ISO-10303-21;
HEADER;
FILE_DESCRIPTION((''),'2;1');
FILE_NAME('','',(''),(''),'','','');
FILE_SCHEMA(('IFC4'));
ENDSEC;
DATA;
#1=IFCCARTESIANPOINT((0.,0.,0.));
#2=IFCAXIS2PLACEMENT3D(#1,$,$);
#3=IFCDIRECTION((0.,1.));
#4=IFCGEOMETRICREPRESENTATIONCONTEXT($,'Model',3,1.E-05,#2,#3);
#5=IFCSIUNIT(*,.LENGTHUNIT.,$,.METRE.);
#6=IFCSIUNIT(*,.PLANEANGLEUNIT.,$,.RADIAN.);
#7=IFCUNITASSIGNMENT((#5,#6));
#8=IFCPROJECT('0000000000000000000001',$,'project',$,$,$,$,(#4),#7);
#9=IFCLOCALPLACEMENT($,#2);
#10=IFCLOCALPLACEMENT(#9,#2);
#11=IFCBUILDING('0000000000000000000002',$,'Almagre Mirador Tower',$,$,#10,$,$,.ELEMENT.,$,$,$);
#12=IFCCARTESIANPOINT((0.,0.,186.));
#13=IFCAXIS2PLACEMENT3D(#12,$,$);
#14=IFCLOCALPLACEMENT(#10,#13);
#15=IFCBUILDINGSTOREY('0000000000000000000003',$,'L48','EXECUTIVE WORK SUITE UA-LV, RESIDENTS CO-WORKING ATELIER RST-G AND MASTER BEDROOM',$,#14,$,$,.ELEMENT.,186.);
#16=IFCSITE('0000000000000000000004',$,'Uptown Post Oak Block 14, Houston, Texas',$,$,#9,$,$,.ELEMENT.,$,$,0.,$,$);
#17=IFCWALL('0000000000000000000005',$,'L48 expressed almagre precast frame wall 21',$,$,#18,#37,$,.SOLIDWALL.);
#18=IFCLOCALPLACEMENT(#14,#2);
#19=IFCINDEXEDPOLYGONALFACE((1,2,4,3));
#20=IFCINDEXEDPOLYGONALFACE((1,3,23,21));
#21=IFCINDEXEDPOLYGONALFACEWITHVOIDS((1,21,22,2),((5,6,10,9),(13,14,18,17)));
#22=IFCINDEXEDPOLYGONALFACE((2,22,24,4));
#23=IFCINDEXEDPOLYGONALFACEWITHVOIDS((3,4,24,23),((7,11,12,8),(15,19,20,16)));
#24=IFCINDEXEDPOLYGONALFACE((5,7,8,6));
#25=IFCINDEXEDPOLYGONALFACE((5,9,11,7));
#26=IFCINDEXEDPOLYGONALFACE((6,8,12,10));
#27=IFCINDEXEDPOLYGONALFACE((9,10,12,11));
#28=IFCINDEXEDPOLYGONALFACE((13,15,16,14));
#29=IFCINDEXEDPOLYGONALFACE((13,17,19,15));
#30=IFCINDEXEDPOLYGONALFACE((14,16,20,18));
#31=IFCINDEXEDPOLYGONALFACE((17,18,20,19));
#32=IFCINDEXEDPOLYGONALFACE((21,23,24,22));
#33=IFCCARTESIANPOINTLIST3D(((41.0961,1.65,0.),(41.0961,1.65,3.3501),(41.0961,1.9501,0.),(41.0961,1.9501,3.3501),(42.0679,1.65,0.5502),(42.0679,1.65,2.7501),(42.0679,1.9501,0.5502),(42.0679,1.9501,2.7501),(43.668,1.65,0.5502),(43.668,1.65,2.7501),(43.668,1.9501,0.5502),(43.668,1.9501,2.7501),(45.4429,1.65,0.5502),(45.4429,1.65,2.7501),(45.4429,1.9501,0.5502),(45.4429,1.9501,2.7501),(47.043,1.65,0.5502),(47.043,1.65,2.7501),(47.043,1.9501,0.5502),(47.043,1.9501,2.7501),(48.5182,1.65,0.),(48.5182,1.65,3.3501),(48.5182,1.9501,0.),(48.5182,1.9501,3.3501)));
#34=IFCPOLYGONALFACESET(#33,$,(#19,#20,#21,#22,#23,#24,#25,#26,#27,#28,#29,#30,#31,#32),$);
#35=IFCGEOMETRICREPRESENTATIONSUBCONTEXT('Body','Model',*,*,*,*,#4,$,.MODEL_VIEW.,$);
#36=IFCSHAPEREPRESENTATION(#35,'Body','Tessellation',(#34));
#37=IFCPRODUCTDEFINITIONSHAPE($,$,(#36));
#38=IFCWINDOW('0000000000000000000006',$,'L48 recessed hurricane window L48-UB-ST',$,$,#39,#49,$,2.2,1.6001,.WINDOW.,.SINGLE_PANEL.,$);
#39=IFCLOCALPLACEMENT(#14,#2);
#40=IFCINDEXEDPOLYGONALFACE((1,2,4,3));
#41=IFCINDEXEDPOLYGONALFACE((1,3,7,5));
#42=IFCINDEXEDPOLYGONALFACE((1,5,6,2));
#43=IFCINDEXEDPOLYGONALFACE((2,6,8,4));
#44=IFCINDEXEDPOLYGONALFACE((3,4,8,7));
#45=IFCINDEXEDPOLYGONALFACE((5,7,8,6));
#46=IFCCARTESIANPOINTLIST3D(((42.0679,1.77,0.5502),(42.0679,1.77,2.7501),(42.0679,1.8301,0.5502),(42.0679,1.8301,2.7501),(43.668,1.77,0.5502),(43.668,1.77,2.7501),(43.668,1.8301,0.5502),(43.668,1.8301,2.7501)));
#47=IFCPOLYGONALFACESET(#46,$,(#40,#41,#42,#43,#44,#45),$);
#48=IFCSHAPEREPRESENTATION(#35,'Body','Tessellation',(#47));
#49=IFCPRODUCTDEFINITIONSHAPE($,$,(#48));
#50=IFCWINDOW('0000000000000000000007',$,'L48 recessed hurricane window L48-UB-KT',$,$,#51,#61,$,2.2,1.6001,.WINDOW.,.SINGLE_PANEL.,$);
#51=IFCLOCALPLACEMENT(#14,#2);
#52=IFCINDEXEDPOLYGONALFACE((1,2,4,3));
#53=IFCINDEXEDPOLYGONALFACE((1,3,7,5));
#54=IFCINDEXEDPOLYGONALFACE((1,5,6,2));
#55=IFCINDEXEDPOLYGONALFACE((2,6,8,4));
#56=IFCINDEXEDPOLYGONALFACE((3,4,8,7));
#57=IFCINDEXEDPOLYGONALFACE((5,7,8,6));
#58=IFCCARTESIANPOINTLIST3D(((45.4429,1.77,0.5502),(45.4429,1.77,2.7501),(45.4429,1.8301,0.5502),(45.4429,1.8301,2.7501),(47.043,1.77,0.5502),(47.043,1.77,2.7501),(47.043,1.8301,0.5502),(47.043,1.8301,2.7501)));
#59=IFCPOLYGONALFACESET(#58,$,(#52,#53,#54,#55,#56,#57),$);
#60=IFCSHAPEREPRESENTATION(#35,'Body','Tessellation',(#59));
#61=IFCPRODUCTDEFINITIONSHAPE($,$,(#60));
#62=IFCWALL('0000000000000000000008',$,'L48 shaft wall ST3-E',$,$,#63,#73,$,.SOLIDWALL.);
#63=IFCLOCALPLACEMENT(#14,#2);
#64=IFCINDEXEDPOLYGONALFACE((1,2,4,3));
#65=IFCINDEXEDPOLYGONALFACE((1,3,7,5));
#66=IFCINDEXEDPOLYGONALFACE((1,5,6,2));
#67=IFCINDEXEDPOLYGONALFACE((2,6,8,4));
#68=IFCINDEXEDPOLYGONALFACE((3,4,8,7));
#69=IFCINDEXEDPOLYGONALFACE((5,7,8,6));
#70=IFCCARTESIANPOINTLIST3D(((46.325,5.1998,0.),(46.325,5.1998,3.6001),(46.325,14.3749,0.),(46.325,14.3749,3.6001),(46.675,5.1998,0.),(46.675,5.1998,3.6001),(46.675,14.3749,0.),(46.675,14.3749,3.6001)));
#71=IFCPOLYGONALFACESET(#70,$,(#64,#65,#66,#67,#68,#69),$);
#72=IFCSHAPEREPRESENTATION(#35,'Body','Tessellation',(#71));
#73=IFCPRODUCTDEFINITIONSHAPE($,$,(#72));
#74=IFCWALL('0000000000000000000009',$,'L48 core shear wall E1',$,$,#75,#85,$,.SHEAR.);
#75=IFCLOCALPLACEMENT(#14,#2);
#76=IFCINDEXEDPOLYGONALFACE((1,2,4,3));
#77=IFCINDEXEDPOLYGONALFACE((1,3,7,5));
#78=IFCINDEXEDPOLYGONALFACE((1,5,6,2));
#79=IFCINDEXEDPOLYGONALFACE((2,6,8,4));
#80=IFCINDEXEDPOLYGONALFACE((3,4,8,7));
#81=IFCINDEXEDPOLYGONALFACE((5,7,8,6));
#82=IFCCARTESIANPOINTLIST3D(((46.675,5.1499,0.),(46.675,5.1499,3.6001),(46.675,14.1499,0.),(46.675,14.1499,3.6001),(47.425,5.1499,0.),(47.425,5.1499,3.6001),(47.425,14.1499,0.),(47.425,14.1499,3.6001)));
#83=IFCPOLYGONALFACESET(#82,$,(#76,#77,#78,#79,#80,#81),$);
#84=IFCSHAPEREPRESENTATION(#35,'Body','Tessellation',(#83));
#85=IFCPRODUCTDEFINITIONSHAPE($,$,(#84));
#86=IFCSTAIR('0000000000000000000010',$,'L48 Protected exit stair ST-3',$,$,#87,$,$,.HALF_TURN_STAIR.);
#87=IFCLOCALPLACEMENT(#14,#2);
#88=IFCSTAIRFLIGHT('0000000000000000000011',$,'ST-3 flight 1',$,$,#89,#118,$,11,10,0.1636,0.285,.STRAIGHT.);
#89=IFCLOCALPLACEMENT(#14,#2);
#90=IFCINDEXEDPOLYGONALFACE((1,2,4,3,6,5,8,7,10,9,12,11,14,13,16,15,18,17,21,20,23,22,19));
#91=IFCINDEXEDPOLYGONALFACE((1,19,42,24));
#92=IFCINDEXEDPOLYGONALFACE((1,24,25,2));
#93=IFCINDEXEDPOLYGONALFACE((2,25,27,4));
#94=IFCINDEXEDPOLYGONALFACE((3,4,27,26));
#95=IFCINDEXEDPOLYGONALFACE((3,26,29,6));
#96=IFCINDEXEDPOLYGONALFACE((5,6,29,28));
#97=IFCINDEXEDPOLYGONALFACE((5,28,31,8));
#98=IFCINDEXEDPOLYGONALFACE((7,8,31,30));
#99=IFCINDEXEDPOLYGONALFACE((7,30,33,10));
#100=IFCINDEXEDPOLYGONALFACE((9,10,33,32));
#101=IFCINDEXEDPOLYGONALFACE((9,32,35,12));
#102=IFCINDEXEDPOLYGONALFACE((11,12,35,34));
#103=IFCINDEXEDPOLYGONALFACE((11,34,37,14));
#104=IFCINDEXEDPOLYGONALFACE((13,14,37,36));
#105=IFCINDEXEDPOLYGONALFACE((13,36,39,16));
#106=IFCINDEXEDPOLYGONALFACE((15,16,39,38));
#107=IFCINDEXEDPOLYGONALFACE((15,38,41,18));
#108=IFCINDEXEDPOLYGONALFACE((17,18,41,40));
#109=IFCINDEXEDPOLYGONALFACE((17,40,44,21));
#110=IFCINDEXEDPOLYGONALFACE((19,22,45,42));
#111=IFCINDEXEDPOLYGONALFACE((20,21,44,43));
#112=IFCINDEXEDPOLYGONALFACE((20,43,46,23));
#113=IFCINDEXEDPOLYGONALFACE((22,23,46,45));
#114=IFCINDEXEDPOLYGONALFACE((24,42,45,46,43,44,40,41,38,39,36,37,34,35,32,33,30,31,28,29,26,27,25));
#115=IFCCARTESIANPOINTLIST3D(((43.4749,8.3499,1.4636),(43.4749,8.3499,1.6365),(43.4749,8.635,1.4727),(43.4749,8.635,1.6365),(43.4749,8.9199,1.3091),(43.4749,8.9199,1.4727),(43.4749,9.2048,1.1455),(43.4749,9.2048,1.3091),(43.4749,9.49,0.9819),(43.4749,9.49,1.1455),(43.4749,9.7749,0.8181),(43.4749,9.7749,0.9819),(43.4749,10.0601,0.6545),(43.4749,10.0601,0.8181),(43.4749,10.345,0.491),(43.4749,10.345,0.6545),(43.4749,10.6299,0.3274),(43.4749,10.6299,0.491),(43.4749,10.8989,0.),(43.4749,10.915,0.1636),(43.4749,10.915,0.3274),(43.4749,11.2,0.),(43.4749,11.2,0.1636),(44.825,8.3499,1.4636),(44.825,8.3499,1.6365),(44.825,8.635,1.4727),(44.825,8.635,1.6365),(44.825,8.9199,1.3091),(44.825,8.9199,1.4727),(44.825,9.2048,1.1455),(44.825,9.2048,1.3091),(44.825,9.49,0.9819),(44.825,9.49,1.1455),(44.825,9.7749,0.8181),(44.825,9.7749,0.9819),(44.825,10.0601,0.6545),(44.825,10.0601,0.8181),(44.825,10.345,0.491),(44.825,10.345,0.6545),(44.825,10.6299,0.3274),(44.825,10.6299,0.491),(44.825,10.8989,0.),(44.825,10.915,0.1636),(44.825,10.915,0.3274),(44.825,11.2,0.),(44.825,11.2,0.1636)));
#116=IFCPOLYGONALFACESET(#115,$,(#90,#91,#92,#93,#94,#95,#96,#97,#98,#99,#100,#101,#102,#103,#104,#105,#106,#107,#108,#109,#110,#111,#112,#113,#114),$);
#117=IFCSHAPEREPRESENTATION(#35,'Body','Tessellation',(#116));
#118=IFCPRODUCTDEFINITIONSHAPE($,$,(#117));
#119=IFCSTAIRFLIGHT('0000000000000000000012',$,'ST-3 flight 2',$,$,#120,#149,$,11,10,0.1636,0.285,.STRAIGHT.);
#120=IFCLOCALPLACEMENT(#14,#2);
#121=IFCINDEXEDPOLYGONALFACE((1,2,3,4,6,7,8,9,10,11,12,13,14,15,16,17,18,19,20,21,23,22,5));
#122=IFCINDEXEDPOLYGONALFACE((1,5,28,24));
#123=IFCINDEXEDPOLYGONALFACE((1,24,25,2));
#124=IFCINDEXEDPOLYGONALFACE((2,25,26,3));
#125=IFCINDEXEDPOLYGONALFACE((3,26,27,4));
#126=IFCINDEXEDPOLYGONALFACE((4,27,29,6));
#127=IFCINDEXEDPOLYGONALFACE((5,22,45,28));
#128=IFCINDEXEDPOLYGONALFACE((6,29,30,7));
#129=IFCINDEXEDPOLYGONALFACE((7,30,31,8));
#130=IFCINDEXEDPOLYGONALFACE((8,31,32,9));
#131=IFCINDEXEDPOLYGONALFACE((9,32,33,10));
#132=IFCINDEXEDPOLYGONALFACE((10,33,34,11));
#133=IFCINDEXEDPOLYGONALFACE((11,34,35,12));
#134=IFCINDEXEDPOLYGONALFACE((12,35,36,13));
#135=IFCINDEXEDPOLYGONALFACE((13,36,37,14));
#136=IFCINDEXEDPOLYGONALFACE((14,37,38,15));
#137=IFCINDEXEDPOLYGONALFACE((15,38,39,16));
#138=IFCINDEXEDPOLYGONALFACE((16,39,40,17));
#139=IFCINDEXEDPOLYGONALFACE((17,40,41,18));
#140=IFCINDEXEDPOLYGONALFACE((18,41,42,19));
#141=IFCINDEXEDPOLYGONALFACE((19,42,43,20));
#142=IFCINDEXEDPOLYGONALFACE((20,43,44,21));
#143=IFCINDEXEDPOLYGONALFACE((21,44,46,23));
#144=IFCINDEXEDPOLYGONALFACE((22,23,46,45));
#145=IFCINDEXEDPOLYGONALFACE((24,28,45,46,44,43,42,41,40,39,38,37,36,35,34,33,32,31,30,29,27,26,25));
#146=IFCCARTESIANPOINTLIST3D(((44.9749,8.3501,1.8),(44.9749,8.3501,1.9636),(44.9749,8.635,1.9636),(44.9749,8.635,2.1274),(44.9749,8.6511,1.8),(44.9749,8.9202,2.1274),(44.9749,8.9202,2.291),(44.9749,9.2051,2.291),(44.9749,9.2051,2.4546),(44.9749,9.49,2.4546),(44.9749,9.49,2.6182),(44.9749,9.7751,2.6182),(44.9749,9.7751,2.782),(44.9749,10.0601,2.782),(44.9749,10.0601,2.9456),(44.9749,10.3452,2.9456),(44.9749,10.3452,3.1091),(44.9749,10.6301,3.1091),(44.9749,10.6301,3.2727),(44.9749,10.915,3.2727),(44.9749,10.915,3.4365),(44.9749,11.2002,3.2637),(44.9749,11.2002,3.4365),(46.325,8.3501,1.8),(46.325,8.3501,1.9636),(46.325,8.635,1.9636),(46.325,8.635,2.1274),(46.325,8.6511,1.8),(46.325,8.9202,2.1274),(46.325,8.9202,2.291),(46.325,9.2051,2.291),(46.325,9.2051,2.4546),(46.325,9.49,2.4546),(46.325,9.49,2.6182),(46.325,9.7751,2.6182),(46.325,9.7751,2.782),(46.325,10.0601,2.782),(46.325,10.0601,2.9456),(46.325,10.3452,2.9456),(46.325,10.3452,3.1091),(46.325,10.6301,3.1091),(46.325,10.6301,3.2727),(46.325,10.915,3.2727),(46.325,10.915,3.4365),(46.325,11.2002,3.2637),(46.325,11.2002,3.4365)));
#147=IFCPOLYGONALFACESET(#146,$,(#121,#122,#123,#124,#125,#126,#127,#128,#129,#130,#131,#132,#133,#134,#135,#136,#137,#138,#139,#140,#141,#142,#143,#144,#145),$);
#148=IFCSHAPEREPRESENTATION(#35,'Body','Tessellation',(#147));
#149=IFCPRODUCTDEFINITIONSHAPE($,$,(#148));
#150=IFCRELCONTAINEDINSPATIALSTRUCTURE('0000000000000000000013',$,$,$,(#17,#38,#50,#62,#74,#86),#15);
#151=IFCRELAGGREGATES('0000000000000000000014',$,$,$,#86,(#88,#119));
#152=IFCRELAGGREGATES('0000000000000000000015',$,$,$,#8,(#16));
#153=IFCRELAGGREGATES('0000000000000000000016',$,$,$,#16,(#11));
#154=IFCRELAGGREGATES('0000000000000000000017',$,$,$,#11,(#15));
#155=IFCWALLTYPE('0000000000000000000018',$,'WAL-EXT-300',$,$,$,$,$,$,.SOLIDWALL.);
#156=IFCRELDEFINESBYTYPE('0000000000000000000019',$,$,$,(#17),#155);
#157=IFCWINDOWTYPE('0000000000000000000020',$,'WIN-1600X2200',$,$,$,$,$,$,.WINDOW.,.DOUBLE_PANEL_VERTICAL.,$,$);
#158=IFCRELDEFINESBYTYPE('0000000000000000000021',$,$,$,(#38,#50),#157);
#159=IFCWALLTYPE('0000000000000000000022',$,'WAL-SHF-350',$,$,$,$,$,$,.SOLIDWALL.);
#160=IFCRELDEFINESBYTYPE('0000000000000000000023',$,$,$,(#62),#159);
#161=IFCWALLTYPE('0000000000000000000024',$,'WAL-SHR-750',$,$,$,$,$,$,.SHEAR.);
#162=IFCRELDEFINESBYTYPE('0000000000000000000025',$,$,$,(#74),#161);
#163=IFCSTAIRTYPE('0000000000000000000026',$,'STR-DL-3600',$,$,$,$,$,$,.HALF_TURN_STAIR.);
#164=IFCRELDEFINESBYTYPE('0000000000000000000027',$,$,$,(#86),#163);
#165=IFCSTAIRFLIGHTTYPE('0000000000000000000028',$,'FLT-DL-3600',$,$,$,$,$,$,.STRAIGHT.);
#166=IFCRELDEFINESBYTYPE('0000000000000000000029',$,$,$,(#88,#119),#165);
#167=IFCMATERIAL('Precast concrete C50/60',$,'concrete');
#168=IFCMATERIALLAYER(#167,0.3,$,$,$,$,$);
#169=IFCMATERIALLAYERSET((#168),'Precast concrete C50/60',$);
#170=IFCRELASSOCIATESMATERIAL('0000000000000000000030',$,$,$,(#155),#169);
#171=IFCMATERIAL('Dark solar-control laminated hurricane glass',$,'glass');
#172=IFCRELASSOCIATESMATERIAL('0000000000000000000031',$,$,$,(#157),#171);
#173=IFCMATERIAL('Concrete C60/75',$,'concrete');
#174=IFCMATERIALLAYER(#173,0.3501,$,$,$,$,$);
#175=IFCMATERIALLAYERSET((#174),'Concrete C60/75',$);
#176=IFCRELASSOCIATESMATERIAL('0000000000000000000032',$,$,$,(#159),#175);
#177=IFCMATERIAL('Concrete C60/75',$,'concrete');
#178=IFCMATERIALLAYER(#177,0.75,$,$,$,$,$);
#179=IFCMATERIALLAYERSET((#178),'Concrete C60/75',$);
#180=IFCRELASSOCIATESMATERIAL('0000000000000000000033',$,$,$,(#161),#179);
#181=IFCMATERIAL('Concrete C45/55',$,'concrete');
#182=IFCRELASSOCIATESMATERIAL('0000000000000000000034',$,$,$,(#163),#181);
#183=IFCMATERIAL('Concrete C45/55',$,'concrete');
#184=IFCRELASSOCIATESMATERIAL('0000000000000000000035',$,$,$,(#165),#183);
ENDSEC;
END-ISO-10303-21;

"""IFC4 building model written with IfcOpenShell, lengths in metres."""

from ifc_helpers import new_model, si_unit, direction, frame, frame_2d, origin, place, context, subcontext, project, spatial, polyline, rectangle, outline, extrude, material, layer, layer_set, type_object, element, fill, aggregate, save


model = new_model("IFC4")

# Units and contexts
model_context = context("Model", 3, precision=1e-05, world=origin(), true_north=direction((0.0, 1.0)))
body_context = subcontext(model_context, "Body", "Model", "MODEL_VIEW")
ifc_project = project(units=[si_unit("LENGTHUNIT", "METRE"), si_unit("PLANEANGLEUNIT", "RADIAN")], contexts=[model_context])

# Site, building, storey
site_placement = place(None, origin())
site = spatial("IfcSite", under=ifc_project, at=site_placement, Name="Uptown Post Oak Block 14, Houston, Texas", CompositionType="ELEMENT", RefElevation=0.0)
building_placement = place(site_placement, origin())
building = spatial("IfcBuilding", under=site, at=building_placement, Name="Almagre Mirador Tower", CompositionType="ELEMENT")
storey_placement = place(building_placement, frame((0.0, 0.0, 186.0)))
storey = spatial("IfcBuildingStorey", under=building, at=storey_placement, Name="L48", Description="EXECUTIVE WORK SUITE UA-LV, RESIDENTS CO-WORKING ATELIER RST-G AND MASTER BEDROOM", CompositionType="ELEMENT", Elevation=186.0)

# Wall, openings, windows
ifc_material_1 = material(Name="Precast concrete C50/60", Category="concrete")
ifc_layer_1 = layer(ifc_material_1, 0.3)
ifc_layer_set_1 = layer_set([ifc_layer_1], Name="Precast concrete C50/60")
wall_type_1 = type_object("IfcWallType", Name="WAL-EXT-300", PredefinedType="SOLIDWALL", material=ifc_layer_set_1)
wall_1_placement = place(storey_placement, frame((48.5181, 1.8, 0.0), z_axis=(0.0, 0.0, 1.0), x_axis=(-1.0, 0.0, 0.0)))
wall_1 = element("IfcWall", 1, at=wall_1_placement, inside=storey, type_object=wall_type_1, Name="L48 expressed almagre precast frame wall 21", PredefinedType="SOLIDWALL", context=body_context, shape_type="SweptSolid", body=[
    extrude(rectangle(XDim=7.4221, YDim=0.3, at=frame_2d((3.7109, 0.0))), origin(), (0.0, 0.0, 1.0), 3.3501),
])
opening_1_placement = place(wall_1_placement, frame((4.8501, 0.0, 0.55)))
opening_1 = element("IfcOpeningElement", 2, at=opening_1_placement, cuts=wall_1, PredefinedType="OPENING", context=body_context, shape_type="SweptSolid", body=[
    extrude(rectangle(XDim=1.6001, YDim=2.2, at=frame_2d((0.8, 1.1001))), frame((0.0, 0.1599, 0.0), z_axis=(0.0, -1.0, 0.0), x_axis=(1.0, 0.0, 0.0)), (0.0, 0.0, 1.0), 0.32),
])
opening_2_placement = place(wall_1_placement, frame((1.4751, 0.0, 0.55)))
opening_2 = element("IfcOpeningElement", 3, at=opening_2_placement, cuts=wall_1, PredefinedType="OPENING", context=body_context, shape_type="SweptSolid", body=[
    extrude(rectangle(XDim=1.6001, YDim=2.2, at=frame_2d((0.8, 1.1001))), frame((0.0, 0.1599, 0.0), z_axis=(0.0, -1.0, 0.0), x_axis=(1.0, 0.0, 0.0)), (0.0, 0.0, 1.0), 0.32),
])
ifc_material_2 = material(Name="Dark solar-control laminated hurricane glass", Category="glass")
window_type = type_object("IfcWindowType", Name="WIN-1600X2200", PartitioningType="DOUBLE_PANEL_VERTICAL", PredefinedType="WINDOW", material=ifc_material_2)
window_1_placement = place(opening_1_placement, origin())
window_1 = element("IfcWindow", 4, at=window_1_placement, inside=storey, type_object=window_type, Name="L48 recessed hurricane window L48-UB-ST", OverallHeight=2.2, OverallWidth=1.6001, PartitioningType="SINGLE_PANEL", PredefinedType="WINDOW", context=body_context, shape_type="SweptSolid", body=[
    extrude(rectangle(XDim=1.6001, YDim=2.2, at=frame_2d((0.8, 1.1001))), frame((0.0, 0.03, 0.0), z_axis=(0.0, -1.0, 0.0), x_axis=(1.0, 0.0, 0.0)), (0.0, 0.0, 1.0), 0.0601),
])
fill(opening_1, window_1)
window_2_placement = place(opening_2_placement, origin())
window_2 = element("IfcWindow", 5, at=window_2_placement, inside=storey, type_object=window_type, Name="L48 recessed hurricane window L48-UB-KT", OverallHeight=2.2, OverallWidth=1.6001, PartitioningType="SINGLE_PANEL", PredefinedType="WINDOW", context=body_context, shape_type="SweptSolid", body=[
    extrude(rectangle(XDim=1.6001, YDim=2.2, at=frame_2d((0.8, 1.1001))), frame((0.0, 0.03, 0.0), z_axis=(0.0, -1.0, 0.0), x_axis=(1.0, 0.0, 0.0)), (0.0, 0.0, 1.0), 0.0601),
])
fill(opening_2, window_2)

# Walls
ifc_material_3 = material(Name="Concrete C60/75", Category="concrete")
ifc_layer_2 = layer(ifc_material_3, 0.3501)
ifc_layer_set_2 = layer_set([ifc_layer_2], Name="Concrete C60/75")
wall_type_2 = type_object("IfcWallType", Name="WAL-SHF-350", PredefinedType="SOLIDWALL", material=ifc_layer_set_2)
wall_2_placement = place(storey_placement, frame((46.5, 5.2, 0.0), z_axis=(0.0, 0.0, 1.0), x_axis=(0.0, 1.0, 0.0)))
element("IfcWall", 6, at=wall_2_placement, inside=storey, type_object=wall_type_2, Name="L48 shaft wall ST3-E", PredefinedType="SOLIDWALL", context=body_context, shape_type="SweptSolid", body=[
    extrude(rectangle(XDim=9.175, YDim=0.3501, at=frame_2d((4.5874, 0.0))), origin(), (0.0, 0.0, 1.0), 3.6001),
])
ifc_material_4 = material(Name="Concrete C60/75", Category="concrete")
ifc_layer_3 = layer(ifc_material_4, 0.75)
ifc_layer_set_3 = layer_set([ifc_layer_3], Name="Concrete C60/75")
wall_type_3 = type_object("IfcWallType", Name="WAL-SHR-750", PredefinedType="SHEAR", material=ifc_layer_set_3)
wall_3_placement = place(storey_placement, frame((47.05, 5.1499, 0.0), z_axis=(0.0, 0.0, 1.0), x_axis=(0.0, 1.0, 0.0)))
element("IfcWall", 7, at=wall_3_placement, inside=storey, type_object=wall_type_3, Name="L48 core shear wall E1", PredefinedType="SHEAR", context=body_context, shape_type="SweptSolid", body=[
    extrude(rectangle(XDim=9.0, YDim=0.75, at=frame_2d((4.5, 0.0))), origin(), (0.0, 0.0, 1.0), 3.6001),
])

# Stair, stair flights
ifc_material_5 = material(Name="Concrete C45/55", Category="concrete")
stair_type = type_object("IfcStairType", Name="STR-DL-3600", PredefinedType="HALF_TURN_STAIR", material=ifc_material_5)
stair_placement = place(storey_placement, origin())
stair = element("IfcStair", 8, at=stair_placement, inside=storey, type_object=stair_type, Name="L48 Protected exit stair ST-3", PredefinedType="HALF_TURN_STAIR")
ifc_material_6 = material(Name="Concrete C45/55", Category="concrete")
stair_flight_type = type_object("IfcStairFlightType", Name="FLT-DL-3600", PredefinedType="STRAIGHT", material=ifc_material_6)
stair_flight_1_placement = place(storey_placement, frame((44.1499, 11.2, 0.0), z_axis=(0.0, 0.0, 1.0), x_axis=(0.0, -1.0, 0.0)))
stair_flight_1 = element("IfcStairFlight", 9, at=stair_flight_1_placement, type_object=stair_flight_type, Name="ST-3 flight 1", NumberOfRisers=11, NumberOfTreads=10, PredefinedType="STRAIGHT", RiserHeight=0.1636, TreadLength=0.285, context=body_context, shape_type="SweptSolid", body=[
    extrude(outline(polyline([(0.0, 0.0), (0.0, 0.1636), (0.2849, 0.1636), (0.2849, 0.3274), (0.5701, 0.3274), (0.5701, 0.491), (0.855, 0.491), (0.855, 0.6545), (1.1399, 0.6545), (1.1399, 0.8181), (1.425, 0.8181), (1.425, 0.9819), (1.71, 0.9819), (1.71, 1.1455), (1.9951, 1.1455), (1.9951, 1.3091), (2.28, 1.3091), (2.28, 1.4727), (2.5649, 1.4727), (2.5649, 1.6365), (2.8501, 1.6365), (2.8501, 1.8), (2.8501, 1.4636), (0.301, 0.0), (0.0, 0.0)])), frame((0.0, 0.675, 0.0), z_axis=(0.0, -1.0, 0.0), x_axis=(1.0, 0.0, 0.0)), (0.0, 0.0, 1.0), 1.3501),
])
stair_flight_2_placement = place(storey_placement, frame((45.6499, 8.3501, 1.8), z_axis=(0.0, 0.0, 1.0), x_axis=(0.0, 1.0, 0.0)))
stair_flight_2 = element("IfcStairFlight", 10, at=stair_flight_2_placement, type_object=stair_flight_type, Name="ST-3 flight 2", NumberOfRisers=11, NumberOfTreads=10, PredefinedType="STRAIGHT", RiserHeight=0.1636, TreadLength=0.285, context=body_context, shape_type="SweptSolid", body=[
    extrude(outline(polyline([(0.0, 0.0), (0.0, 0.1636), (0.2849, 0.1636), (0.2849, 0.3274), (0.5701, 0.3274), (0.5701, 0.491), (0.855, 0.491), (0.855, 0.6545), (1.1399, 0.6545), (1.1399, 0.8181), (1.425, 0.8181), (1.425, 0.9819), (1.71, 0.9819), (1.71, 1.1455), (1.9951, 1.1455), (1.9951, 1.3091), (2.28, 1.3091), (2.28, 1.4727), (2.5649, 1.4727), (2.5649, 1.6365), (2.8501, 1.6365), (2.8501, 1.8), (2.8501, 1.4636), (0.301, 0.0), (0.0, 0.0)])), frame((0.0, 0.675, 0.0), z_axis=(0.0, -1.0, 0.0), x_axis=(1.0, 0.0, 0.0)), (0.0, 0.0, 1.0), 1.3501),
])
aggregate(stair, [stair_flight_1, stair_flight_2])

save(model, "model.ifc")
